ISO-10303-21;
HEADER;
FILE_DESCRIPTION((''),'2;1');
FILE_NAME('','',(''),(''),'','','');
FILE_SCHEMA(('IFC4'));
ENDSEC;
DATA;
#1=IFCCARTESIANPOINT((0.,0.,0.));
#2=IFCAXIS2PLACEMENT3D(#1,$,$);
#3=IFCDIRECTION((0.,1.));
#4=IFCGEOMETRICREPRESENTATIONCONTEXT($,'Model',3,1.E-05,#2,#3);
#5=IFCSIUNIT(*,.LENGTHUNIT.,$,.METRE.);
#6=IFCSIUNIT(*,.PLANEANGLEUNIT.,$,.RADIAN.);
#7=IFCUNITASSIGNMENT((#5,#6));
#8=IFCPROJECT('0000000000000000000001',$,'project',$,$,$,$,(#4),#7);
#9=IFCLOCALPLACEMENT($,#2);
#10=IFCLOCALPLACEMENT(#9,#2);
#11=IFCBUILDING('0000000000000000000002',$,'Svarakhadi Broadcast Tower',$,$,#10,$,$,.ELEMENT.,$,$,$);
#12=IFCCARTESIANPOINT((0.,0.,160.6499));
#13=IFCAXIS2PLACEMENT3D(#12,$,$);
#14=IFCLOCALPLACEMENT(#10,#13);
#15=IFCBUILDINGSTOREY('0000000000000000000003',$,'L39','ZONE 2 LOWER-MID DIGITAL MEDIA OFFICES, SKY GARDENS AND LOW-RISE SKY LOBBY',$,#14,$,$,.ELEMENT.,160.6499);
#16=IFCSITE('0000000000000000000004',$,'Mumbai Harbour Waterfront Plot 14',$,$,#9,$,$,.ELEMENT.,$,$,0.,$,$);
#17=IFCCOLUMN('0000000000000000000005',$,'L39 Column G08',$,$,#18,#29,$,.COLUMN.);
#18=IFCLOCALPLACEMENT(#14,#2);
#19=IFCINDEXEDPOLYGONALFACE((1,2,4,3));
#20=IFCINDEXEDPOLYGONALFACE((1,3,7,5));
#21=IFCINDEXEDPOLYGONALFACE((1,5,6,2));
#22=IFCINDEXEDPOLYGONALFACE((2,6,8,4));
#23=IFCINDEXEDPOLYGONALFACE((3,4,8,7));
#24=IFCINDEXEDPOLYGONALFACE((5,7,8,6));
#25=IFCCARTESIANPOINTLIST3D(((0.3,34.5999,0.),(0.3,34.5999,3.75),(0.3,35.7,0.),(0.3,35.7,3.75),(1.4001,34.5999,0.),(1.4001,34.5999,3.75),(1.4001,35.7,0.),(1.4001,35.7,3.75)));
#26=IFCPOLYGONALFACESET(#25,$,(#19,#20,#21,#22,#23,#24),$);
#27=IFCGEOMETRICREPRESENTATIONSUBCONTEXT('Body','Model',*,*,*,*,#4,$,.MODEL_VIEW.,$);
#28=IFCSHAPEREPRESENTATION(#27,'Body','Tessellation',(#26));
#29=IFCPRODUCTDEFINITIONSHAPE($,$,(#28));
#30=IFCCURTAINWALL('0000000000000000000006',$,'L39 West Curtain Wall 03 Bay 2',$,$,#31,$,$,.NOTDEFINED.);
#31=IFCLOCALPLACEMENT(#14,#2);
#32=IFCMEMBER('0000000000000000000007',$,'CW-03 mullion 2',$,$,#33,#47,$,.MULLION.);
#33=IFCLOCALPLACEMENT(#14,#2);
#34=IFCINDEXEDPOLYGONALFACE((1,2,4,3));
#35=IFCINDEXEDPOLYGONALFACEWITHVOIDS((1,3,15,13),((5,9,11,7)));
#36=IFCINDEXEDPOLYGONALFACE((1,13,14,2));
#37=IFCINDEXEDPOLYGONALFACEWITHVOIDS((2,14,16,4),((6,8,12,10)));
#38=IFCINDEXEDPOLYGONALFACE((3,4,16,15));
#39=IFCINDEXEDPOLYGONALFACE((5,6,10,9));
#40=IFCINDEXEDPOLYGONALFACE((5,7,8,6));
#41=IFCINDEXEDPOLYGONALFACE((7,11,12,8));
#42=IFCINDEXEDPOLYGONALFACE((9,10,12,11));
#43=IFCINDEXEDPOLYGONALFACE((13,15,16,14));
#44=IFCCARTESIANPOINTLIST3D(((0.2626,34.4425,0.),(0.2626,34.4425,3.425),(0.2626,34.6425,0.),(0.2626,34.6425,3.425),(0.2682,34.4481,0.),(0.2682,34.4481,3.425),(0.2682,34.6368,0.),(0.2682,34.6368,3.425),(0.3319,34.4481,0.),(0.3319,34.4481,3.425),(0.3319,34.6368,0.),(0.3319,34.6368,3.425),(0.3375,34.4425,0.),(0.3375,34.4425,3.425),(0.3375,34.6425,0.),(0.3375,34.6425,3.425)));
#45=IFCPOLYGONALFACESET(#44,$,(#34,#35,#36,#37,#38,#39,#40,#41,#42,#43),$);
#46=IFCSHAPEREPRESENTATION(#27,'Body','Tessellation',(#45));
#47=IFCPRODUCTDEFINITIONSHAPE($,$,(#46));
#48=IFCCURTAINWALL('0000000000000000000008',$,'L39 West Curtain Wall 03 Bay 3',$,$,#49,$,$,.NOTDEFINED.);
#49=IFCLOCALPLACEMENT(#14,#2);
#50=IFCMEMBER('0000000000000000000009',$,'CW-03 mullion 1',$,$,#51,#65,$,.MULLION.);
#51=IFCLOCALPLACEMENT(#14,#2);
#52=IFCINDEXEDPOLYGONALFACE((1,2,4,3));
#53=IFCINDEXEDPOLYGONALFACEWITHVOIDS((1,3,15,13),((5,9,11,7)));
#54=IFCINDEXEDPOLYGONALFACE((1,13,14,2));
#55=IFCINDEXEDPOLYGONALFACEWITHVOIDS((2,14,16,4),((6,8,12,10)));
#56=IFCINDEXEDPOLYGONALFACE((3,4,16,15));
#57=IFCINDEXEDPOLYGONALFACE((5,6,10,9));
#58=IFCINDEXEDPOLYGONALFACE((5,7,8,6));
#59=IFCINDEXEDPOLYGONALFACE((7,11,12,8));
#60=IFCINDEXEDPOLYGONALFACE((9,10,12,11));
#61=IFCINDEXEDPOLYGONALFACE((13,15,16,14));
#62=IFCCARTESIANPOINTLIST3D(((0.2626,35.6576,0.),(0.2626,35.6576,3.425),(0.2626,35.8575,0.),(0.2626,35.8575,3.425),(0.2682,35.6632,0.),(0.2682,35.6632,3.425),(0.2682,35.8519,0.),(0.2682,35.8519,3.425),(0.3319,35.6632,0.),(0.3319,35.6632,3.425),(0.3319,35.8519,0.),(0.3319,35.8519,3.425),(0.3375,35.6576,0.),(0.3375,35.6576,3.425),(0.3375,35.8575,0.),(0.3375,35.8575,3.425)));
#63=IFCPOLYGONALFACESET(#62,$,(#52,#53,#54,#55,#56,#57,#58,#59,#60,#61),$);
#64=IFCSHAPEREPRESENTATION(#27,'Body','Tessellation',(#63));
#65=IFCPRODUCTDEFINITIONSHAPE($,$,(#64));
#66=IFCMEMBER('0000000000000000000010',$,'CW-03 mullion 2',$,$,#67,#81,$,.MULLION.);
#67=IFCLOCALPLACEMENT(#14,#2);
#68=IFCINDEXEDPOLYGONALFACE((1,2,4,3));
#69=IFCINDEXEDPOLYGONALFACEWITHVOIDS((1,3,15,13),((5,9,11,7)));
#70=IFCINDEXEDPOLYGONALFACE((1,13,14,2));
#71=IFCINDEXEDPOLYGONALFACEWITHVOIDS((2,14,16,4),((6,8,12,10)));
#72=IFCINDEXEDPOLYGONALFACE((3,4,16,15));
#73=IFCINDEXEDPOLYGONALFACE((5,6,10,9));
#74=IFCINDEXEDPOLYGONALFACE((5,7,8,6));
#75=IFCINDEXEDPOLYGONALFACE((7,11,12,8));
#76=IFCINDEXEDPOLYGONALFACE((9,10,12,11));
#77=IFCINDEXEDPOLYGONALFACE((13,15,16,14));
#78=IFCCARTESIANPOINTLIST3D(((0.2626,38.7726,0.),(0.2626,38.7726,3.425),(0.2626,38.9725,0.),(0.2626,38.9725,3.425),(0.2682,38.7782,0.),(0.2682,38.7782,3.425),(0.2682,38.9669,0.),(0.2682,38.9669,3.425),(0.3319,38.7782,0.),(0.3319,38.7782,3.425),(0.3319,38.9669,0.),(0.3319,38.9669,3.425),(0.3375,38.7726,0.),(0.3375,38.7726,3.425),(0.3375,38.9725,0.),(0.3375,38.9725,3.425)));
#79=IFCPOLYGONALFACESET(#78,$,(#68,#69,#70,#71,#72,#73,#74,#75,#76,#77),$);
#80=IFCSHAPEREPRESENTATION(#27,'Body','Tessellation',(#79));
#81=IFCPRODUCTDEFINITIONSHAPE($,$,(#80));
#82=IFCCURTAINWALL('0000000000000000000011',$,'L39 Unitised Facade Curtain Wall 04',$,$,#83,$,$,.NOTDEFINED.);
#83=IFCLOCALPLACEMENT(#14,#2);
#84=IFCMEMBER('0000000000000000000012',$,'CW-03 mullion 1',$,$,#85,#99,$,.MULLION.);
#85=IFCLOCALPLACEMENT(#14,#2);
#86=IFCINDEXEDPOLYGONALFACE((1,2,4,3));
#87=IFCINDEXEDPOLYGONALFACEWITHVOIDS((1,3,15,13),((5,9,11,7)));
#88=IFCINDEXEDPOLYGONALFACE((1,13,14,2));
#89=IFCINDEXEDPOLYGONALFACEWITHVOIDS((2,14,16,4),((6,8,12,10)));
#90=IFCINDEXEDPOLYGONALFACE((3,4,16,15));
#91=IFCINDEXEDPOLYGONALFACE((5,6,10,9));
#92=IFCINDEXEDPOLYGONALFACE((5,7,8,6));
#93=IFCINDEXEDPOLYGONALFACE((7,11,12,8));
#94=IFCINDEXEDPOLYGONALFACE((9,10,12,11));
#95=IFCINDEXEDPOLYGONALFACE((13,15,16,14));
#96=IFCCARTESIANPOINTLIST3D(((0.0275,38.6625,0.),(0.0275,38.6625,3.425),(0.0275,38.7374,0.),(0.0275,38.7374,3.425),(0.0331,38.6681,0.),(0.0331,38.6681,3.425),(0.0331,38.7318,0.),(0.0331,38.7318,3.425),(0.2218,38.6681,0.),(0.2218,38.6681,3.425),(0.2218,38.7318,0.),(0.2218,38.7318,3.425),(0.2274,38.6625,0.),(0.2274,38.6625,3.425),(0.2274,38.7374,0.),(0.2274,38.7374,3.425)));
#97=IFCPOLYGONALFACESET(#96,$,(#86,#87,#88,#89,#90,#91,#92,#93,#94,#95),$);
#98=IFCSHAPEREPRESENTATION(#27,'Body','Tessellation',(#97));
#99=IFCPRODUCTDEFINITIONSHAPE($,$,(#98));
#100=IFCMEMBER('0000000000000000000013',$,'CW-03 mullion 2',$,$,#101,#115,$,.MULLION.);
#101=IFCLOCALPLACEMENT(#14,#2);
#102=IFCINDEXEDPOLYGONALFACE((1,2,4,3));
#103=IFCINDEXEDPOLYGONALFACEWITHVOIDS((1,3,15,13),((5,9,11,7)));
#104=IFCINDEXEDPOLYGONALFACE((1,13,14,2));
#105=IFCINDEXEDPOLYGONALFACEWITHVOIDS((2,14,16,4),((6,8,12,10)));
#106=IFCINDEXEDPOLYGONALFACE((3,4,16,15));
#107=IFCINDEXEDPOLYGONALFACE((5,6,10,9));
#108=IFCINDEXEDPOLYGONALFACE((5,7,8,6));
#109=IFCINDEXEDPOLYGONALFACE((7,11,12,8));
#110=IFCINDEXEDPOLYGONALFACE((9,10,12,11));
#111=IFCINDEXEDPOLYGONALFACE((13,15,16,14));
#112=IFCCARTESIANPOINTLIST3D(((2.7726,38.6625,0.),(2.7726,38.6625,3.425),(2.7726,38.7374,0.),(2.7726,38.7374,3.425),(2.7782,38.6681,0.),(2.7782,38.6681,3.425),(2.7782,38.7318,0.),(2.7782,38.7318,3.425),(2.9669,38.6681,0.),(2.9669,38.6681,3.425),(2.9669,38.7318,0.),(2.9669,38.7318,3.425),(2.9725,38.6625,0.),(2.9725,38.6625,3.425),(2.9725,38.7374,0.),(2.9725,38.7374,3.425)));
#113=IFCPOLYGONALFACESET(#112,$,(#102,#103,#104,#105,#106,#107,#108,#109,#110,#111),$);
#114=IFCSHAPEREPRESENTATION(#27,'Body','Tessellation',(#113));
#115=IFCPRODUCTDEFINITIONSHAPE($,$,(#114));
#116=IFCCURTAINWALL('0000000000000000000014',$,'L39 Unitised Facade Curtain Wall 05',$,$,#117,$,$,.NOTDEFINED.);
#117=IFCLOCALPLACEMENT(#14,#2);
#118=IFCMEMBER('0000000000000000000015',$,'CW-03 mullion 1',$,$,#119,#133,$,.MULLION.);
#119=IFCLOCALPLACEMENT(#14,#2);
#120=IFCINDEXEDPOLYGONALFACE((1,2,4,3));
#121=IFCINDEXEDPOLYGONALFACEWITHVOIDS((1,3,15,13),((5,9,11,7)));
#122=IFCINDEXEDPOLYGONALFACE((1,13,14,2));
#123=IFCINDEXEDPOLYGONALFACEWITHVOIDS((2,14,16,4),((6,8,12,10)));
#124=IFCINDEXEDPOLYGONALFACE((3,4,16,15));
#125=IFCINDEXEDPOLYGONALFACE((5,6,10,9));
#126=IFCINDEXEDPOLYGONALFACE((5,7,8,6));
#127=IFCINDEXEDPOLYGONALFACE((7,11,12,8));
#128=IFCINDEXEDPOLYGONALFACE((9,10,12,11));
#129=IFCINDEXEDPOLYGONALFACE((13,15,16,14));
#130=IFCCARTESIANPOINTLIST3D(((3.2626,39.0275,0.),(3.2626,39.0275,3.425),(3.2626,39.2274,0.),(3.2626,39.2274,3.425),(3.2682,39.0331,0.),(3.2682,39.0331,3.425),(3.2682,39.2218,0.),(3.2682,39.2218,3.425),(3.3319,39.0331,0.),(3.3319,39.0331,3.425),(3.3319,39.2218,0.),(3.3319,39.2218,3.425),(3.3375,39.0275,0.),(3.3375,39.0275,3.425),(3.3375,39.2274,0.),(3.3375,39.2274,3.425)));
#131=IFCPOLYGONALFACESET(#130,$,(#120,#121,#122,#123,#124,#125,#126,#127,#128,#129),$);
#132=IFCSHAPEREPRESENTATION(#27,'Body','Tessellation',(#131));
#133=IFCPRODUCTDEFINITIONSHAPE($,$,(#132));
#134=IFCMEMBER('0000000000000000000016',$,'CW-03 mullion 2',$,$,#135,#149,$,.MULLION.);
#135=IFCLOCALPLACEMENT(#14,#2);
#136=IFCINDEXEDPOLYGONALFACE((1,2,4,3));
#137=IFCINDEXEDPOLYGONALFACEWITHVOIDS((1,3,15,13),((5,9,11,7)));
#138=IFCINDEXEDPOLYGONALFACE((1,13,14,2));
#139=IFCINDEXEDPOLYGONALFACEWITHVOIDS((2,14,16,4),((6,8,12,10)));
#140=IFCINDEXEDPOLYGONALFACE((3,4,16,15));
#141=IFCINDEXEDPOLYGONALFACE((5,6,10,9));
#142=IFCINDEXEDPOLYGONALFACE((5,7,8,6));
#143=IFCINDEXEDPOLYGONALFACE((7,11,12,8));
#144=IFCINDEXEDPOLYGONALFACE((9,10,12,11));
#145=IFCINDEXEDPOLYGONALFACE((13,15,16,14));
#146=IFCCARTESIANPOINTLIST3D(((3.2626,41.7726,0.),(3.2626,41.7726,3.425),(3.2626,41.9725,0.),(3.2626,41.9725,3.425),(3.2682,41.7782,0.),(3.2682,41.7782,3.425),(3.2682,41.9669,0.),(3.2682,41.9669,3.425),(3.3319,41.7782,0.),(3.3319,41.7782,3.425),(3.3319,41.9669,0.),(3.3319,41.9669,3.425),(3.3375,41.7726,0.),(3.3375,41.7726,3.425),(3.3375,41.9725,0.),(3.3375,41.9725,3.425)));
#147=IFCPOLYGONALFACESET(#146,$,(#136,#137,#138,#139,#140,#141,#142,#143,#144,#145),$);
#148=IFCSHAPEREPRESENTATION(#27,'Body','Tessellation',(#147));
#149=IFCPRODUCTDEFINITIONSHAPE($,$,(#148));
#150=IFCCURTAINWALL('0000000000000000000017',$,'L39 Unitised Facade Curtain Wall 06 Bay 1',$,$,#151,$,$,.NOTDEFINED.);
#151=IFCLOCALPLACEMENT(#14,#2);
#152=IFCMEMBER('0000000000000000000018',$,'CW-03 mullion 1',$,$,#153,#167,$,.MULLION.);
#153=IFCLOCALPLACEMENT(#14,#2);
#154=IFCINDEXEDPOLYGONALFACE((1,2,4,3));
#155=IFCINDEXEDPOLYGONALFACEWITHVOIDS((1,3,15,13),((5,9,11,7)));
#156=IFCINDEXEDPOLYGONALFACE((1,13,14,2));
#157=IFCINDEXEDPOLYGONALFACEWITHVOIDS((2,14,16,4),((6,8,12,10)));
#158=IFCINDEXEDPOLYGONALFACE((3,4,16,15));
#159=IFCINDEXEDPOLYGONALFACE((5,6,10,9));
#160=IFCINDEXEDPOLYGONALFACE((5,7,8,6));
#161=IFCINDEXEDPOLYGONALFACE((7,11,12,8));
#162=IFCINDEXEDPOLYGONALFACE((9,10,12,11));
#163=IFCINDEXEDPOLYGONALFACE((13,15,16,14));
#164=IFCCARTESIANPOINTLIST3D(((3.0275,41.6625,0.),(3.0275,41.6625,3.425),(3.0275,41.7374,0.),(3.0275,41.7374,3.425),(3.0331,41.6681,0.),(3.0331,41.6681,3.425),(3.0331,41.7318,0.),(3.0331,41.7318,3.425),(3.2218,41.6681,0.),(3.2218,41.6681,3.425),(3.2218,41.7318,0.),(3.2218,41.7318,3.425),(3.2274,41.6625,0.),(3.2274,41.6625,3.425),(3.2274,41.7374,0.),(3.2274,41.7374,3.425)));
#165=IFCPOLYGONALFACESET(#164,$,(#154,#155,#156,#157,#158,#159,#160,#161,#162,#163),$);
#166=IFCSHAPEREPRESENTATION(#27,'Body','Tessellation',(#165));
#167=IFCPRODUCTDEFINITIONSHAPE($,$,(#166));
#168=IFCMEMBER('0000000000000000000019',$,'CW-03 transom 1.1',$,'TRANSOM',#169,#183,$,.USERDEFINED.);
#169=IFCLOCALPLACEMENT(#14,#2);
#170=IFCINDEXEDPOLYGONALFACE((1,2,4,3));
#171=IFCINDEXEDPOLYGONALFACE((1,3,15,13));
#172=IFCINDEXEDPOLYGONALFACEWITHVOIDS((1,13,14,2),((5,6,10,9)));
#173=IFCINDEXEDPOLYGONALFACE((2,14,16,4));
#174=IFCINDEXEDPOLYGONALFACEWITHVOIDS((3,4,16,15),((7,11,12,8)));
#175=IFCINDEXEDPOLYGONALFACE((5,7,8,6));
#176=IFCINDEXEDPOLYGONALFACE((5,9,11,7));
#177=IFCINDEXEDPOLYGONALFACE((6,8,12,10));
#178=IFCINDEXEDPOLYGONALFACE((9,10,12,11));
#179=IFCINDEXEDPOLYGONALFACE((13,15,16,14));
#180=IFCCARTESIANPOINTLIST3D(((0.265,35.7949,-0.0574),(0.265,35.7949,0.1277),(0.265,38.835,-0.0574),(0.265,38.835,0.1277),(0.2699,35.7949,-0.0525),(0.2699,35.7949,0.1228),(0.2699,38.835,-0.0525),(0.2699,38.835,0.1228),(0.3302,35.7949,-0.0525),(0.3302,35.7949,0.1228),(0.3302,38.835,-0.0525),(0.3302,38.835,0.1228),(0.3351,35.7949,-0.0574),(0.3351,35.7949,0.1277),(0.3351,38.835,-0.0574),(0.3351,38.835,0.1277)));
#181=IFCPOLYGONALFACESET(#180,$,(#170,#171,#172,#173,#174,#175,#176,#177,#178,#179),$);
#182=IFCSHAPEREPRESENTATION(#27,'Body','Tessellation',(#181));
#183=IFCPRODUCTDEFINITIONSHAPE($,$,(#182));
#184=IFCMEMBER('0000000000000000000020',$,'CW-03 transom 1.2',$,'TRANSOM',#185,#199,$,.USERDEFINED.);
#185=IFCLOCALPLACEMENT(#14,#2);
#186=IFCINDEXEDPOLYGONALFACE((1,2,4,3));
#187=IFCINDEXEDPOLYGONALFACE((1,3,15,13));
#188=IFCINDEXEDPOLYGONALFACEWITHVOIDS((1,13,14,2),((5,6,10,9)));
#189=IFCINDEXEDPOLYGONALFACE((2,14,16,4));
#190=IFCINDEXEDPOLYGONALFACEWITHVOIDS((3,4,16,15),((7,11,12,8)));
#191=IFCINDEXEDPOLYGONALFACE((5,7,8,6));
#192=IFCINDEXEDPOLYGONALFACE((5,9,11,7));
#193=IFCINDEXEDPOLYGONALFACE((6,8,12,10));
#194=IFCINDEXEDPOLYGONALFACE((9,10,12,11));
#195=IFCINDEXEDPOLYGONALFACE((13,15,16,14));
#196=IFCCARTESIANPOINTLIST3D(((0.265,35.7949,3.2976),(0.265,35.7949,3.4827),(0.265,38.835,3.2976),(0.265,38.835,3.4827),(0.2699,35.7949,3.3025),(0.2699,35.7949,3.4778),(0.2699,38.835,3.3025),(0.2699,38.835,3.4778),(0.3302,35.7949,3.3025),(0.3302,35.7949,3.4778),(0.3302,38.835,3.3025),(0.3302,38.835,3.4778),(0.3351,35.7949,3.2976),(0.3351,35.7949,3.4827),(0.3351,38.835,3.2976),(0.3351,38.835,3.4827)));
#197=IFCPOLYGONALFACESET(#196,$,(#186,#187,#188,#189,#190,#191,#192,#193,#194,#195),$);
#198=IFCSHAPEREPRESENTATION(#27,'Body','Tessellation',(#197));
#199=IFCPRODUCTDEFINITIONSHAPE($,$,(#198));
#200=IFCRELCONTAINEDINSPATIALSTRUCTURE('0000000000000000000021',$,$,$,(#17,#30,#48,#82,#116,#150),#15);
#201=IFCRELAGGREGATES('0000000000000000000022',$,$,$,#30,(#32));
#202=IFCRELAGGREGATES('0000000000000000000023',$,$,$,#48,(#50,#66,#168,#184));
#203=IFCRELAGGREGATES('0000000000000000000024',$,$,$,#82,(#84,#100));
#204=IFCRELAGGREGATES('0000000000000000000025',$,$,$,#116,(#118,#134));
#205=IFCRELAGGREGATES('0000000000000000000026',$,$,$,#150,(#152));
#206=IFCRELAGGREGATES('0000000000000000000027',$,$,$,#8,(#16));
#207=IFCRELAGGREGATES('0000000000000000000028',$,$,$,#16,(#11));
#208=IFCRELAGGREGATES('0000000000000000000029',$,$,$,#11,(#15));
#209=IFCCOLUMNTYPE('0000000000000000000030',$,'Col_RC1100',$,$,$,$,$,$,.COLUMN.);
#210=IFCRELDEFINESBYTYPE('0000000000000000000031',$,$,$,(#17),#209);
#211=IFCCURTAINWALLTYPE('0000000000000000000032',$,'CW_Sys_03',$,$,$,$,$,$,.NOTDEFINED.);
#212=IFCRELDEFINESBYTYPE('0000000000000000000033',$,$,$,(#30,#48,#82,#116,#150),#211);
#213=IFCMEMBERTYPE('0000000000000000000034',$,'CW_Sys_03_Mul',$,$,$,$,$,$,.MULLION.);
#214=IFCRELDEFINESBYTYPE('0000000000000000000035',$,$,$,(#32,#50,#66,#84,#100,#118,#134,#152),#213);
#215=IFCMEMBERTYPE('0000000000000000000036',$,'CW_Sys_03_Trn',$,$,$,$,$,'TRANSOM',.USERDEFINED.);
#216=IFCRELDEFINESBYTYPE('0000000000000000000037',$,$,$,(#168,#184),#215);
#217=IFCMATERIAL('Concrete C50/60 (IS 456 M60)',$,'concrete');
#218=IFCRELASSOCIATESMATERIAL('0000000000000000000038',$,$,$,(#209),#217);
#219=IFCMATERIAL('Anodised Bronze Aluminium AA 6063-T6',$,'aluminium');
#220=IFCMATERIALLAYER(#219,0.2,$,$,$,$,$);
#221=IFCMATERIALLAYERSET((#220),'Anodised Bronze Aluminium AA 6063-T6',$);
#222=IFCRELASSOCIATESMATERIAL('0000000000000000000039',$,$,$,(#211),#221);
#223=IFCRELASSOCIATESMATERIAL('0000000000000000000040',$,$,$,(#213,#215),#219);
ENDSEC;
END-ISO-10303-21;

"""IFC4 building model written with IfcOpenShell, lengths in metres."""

from ifc_helpers import new_model, si_unit, direction, frame, origin, origin_2d, place, context, subcontext, project, spatial, rectangle, hollow_rectangle, extrude, material, layer, layer_set, material_profile, profile_set, type_object, element, aggregate, save


model = new_model("IFC4")

# Units and contexts
model_context = context("Model", 3, precision=1e-05, world=origin(), true_north=direction((0.0, 1.0)))
body_context = subcontext(model_context, "Body", "Model", "MODEL_VIEW")
ifc_project = project(units=[si_unit("LENGTHUNIT", "METRE"), si_unit("PLANEANGLEUNIT", "RADIAN")], contexts=[model_context])

# Site, building, storey
site_placement = place(None, origin())
site = spatial("IfcSite", under=ifc_project, at=site_placement, Name="Mumbai Harbour Waterfront Plot 14", CompositionType="ELEMENT", RefElevation=0.0)
building_placement = place(site_placement, origin())
building = spatial("IfcBuilding", under=site, at=building_placement, Name="Svarakhadi Broadcast Tower", CompositionType="ELEMENT")
storey_placement = place(building_placement, frame((0.0, 0.0, 160.6499)))
storey = spatial("IfcBuildingStorey", under=building, at=storey_placement, Name="L39", Description="ZONE 2 LOWER-MID DIGITAL MEDIA OFFICES, SKY GARDENS AND LOW-RISE SKY LOBBY", CompositionType="ELEMENT", Elevation=160.6499)

# Column
ifc_material_1 = material(Name="Concrete C50/60 (IS 456 M60)", Category="concrete")
ifc_material_profile_1 = material_profile(ifc_material_1, rectangle(XDim=1.1001, YDim=1.1001, at=origin_2d()), Name="RC 1100x1100")
ifc_profile_set_1 = profile_set([ifc_material_profile_1], Name="Concrete C50/60 (IS 456 M60)")
column_type = type_object("IfcColumnType", Name="Col_RC1100", PredefinedType="COLUMN", material=ifc_profile_set_1)
column_placement = place(storey_placement, frame((0.8501, 35.1499, 0.0), z_axis=(0.0, 0.0, 1.0), x_axis=(1.0, 0.0, 0.0)))
element("IfcColumn", 1, at=column_placement, inside=storey, type_object=column_type, Name="L39 Column G08", PredefinedType="COLUMN", context=body_context, shape_type="SweptSolid", body=[
    extrude(rectangle(XDim=1.1001, YDim=1.1001, at=origin_2d()), origin(), (0.0, 0.0, 1.0), 3.75),
])

# Curtain wall, member
ifc_material_2 = material(Name="Anodised Bronze Aluminium AA 6063-T6", Category="aluminium")
ifc_layer_1 = layer(ifc_material_2, 0.2)
ifc_layer_set_1 = layer_set([ifc_layer_1], Name="Anodised Bronze Aluminium AA 6063-T6")
curtain_wall_type = type_object("IfcCurtainWallType", Name="CW_Sys_03", PredefinedType="NOTDEFINED", material=ifc_layer_set_1)
curtain_wall_1_placement = place(storey_placement, origin())
curtain_wall_1 = element("IfcCurtainWall", 2, at=curtain_wall_1_placement, inside=storey, type_object=curtain_wall_type, Name="L39 West Curtain Wall 03 Bay 2", PredefinedType="NOTDEFINED")
ifc_material_profile_2 = material_profile(ifc_material_2, hollow_rectangle(XDim=0.075, YDim=0.2, WallThickness=0.0056, at=origin_2d()), Name="ALU MULLION 200x75x6")
ifc_profile_set_2 = profile_set([ifc_material_profile_2], Name="Anodised Bronze Aluminium AA 6063-T6")
member_type_1 = type_object("IfcMemberType", Name="CW_Sys_03_Mul", PredefinedType="MULLION", material=ifc_profile_set_2)
member_1_placement = place(storey_placement, frame((0.3, 34.5425, 0.0), z_axis=(0.0, 0.0, 1.0), x_axis=(-1.0, 0.0, 0.0)))
member_1 = element("IfcMember", 3, at=member_1_placement, type_object=member_type_1, Name="CW-03 mullion 2", PredefinedType="MULLION", context=body_context, shape_type="SweptSolid", body=[
    extrude(hollow_rectangle(XDim=0.075, YDim=0.2, WallThickness=0.0056, at=origin_2d()), origin(), (0.0, 0.0, 1.0), 3.425),
])
aggregate(curtain_wall_1, [member_1])

# Curtain walls, members
curtain_wall_2_placement = place(storey_placement, origin())
curtain_wall_2 = element("IfcCurtainWall", 4, at=curtain_wall_2_placement, inside=storey, type_object=curtain_wall_type, Name="L39 West Curtain Wall 03 Bay 3", PredefinedType="NOTDEFINED")
member_2_placement = place(storey_placement, frame((0.3, 35.7576, 0.0), z_axis=(0.0, 0.0, 1.0), x_axis=(-1.0, 0.0, 0.0)))
member_2 = element("IfcMember", 5, at=member_2_placement, type_object=member_type_1, Name="CW-03 mullion 1", PredefinedType="MULLION", context=body_context, shape_type="SweptSolid", body=[
    extrude(hollow_rectangle(XDim=0.075, YDim=0.2, WallThickness=0.0056, at=origin_2d()), origin(), (0.0, 0.0, 1.0), 3.425),
])
member_3_placement = place(storey_placement, frame((0.3, 38.8726, 0.0), z_axis=(0.0, 0.0, 1.0), x_axis=(-1.0, 0.0, 0.0)))
member_3 = element("IfcMember", 6, at=member_3_placement, type_object=member_type_1, Name="CW-03 mullion 2", PredefinedType="MULLION", context=body_context, shape_type="SweptSolid", body=[
    extrude(hollow_rectangle(XDim=0.075, YDim=0.2, WallThickness=0.0056, at=origin_2d()), origin(), (0.0, 0.0, 1.0), 3.425),
])
curtain_wall_3_placement = place(storey_placement, origin())
curtain_wall_3 = element("IfcCurtainWall", 7, at=curtain_wall_3_placement, inside=storey, type_object=curtain_wall_type, Name="L39 Unitised Facade Curtain Wall 04", PredefinedType="NOTDEFINED")
member_4_placement = place(storey_placement, frame((0.1274, 38.7, 0.0), z_axis=(0.0, 0.0, 1.0), x_axis=(0.0, 1.0, 0.0)))
member_4 = element("IfcMember", 8, at=member_4_placement, type_object=member_type_1, Name="CW-03 mullion 1", PredefinedType="MULLION", context=body_context, shape_type="SweptSolid", body=[
    extrude(hollow_rectangle(XDim=0.075, YDim=0.2, WallThickness=0.0056, at=origin_2d()), origin(), (0.0, 0.0, 1.0), 3.425),
])
member_5_placement = place(storey_placement, frame((2.8726, 38.7, 0.0), z_axis=(0.0, 0.0, 1.0), x_axis=(0.0, 1.0, 0.0)))
member_5 = element("IfcMember", 9, at=member_5_placement, type_object=member_type_1, Name="CW-03 mullion 2", PredefinedType="MULLION", context=body_context, shape_type="SweptSolid", body=[
    extrude(hollow_rectangle(XDim=0.075, YDim=0.2, WallThickness=0.0056, at=origin_2d()), origin(), (0.0, 0.0, 1.0), 3.425),
])
curtain_wall_4_placement = place(storey_placement, origin())
curtain_wall_4 = element("IfcCurtainWall", 10, at=curtain_wall_4_placement, inside=storey, type_object=curtain_wall_type, Name="L39 Unitised Facade Curtain Wall 05", PredefinedType="NOTDEFINED")
member_6_placement = place(storey_placement, frame((3.3, 39.1274, 0.0), z_axis=(0.0, 0.0, 1.0), x_axis=(-1.0, 0.0, 0.0)))
member_6 = element("IfcMember", 11, at=member_6_placement, type_object=member_type_1, Name="CW-03 mullion 1", PredefinedType="MULLION", context=body_context, shape_type="SweptSolid", body=[
    extrude(hollow_rectangle(XDim=0.075, YDim=0.2, WallThickness=0.0056, at=origin_2d()), origin(), (0.0, 0.0, 1.0), 3.425),
])
member_7_placement = place(storey_placement, frame((3.3, 41.8726, 0.0), z_axis=(0.0, 0.0, 1.0), x_axis=(-1.0, 0.0, 0.0)))
member_7 = element("IfcMember", 12, at=member_7_placement, type_object=member_type_1, Name="CW-03 mullion 2", PredefinedType="MULLION", context=body_context, shape_type="SweptSolid", body=[
    extrude(hollow_rectangle(XDim=0.075, YDim=0.2, WallThickness=0.0056, at=origin_2d()), origin(), (0.0, 0.0, 1.0), 3.425),
])

# Curtain wall, member
curtain_wall_5_placement = place(storey_placement, origin())
curtain_wall_5 = element("IfcCurtainWall", 13, at=curtain_wall_5_placement, inside=storey, type_object=curtain_wall_type, Name="L39 Unitised Facade Curtain Wall 06 Bay 1", PredefinedType="NOTDEFINED")
member_8_placement = place(storey_placement, frame((3.1274, 41.7, 0.0), z_axis=(0.0, 0.0, 1.0), x_axis=(0.0, 1.0, 0.0)))
member_8 = element("IfcMember", 14, at=member_8_placement, type_object=member_type_1, Name="CW-03 mullion 1", PredefinedType="MULLION", context=body_context, shape_type="SweptSolid", body=[
    extrude(hollow_rectangle(XDim=0.075, YDim=0.2, WallThickness=0.0056, at=origin_2d()), origin(), (0.0, 0.0, 1.0), 3.425),
])

# Members
ifc_material_profile_3 = material_profile(ifc_material_2, hollow_rectangle(XDim=0.0701, YDim=0.1851, WallThickness=0.0049, at=origin_2d()), Name="ALU TRANSOM 185x70x5")
ifc_profile_set_3 = profile_set([ifc_material_profile_3], Name="Anodised Bronze Aluminium AA 6063-T6")
member_type_2 = type_object("IfcMemberType", Name="CW_Sys_03_Trn", ElementType="TRANSOM", PredefinedType="USERDEFINED", material=ifc_profile_set_3)
member_9_placement = place(storey_placement, frame((0.3, 35.7949, 0.0352), z_axis=(0.0, 1.0, 0.0), x_axis=(-1.0, 0.0, 0.0)))
member_9 = element("IfcMember", 15, at=member_9_placement, type_object=member_type_2, Name="CW-03 transom 1.1", ObjectType="TRANSOM", PredefinedType="USERDEFINED", context=body_context, shape_type="SweptSolid", body=[
    extrude(hollow_rectangle(XDim=0.0701, YDim=0.1851, WallThickness=0.0049, at=origin_2d()), origin(), (0.0, 0.0, 1.0), 3.04),
])
member_10_placement = place(storey_placement, frame((0.3, 35.7949, 3.3901), z_axis=(0.0, 1.0, 0.0), x_axis=(-1.0, 0.0, 0.0)))
member_10 = element("IfcMember", 16, at=member_10_placement, type_object=member_type_2, Name="CW-03 transom 1.2", ObjectType="TRANSOM", PredefinedType="USERDEFINED", context=body_context, shape_type="SweptSolid", body=[
    extrude(hollow_rectangle(XDim=0.0701, YDim=0.1851, WallThickness=0.0049, at=origin_2d()), origin(), (0.0, 0.0, 1.0), 3.04),
])

aggregate(curtain_wall_2, [member_2, member_3, member_9, member_10])
aggregate(curtain_wall_3, [member_4, member_5])
aggregate(curtain_wall_4, [member_6, member_7])
aggregate(curtain_wall_5, [member_8])

save(model, "model.ifc")
